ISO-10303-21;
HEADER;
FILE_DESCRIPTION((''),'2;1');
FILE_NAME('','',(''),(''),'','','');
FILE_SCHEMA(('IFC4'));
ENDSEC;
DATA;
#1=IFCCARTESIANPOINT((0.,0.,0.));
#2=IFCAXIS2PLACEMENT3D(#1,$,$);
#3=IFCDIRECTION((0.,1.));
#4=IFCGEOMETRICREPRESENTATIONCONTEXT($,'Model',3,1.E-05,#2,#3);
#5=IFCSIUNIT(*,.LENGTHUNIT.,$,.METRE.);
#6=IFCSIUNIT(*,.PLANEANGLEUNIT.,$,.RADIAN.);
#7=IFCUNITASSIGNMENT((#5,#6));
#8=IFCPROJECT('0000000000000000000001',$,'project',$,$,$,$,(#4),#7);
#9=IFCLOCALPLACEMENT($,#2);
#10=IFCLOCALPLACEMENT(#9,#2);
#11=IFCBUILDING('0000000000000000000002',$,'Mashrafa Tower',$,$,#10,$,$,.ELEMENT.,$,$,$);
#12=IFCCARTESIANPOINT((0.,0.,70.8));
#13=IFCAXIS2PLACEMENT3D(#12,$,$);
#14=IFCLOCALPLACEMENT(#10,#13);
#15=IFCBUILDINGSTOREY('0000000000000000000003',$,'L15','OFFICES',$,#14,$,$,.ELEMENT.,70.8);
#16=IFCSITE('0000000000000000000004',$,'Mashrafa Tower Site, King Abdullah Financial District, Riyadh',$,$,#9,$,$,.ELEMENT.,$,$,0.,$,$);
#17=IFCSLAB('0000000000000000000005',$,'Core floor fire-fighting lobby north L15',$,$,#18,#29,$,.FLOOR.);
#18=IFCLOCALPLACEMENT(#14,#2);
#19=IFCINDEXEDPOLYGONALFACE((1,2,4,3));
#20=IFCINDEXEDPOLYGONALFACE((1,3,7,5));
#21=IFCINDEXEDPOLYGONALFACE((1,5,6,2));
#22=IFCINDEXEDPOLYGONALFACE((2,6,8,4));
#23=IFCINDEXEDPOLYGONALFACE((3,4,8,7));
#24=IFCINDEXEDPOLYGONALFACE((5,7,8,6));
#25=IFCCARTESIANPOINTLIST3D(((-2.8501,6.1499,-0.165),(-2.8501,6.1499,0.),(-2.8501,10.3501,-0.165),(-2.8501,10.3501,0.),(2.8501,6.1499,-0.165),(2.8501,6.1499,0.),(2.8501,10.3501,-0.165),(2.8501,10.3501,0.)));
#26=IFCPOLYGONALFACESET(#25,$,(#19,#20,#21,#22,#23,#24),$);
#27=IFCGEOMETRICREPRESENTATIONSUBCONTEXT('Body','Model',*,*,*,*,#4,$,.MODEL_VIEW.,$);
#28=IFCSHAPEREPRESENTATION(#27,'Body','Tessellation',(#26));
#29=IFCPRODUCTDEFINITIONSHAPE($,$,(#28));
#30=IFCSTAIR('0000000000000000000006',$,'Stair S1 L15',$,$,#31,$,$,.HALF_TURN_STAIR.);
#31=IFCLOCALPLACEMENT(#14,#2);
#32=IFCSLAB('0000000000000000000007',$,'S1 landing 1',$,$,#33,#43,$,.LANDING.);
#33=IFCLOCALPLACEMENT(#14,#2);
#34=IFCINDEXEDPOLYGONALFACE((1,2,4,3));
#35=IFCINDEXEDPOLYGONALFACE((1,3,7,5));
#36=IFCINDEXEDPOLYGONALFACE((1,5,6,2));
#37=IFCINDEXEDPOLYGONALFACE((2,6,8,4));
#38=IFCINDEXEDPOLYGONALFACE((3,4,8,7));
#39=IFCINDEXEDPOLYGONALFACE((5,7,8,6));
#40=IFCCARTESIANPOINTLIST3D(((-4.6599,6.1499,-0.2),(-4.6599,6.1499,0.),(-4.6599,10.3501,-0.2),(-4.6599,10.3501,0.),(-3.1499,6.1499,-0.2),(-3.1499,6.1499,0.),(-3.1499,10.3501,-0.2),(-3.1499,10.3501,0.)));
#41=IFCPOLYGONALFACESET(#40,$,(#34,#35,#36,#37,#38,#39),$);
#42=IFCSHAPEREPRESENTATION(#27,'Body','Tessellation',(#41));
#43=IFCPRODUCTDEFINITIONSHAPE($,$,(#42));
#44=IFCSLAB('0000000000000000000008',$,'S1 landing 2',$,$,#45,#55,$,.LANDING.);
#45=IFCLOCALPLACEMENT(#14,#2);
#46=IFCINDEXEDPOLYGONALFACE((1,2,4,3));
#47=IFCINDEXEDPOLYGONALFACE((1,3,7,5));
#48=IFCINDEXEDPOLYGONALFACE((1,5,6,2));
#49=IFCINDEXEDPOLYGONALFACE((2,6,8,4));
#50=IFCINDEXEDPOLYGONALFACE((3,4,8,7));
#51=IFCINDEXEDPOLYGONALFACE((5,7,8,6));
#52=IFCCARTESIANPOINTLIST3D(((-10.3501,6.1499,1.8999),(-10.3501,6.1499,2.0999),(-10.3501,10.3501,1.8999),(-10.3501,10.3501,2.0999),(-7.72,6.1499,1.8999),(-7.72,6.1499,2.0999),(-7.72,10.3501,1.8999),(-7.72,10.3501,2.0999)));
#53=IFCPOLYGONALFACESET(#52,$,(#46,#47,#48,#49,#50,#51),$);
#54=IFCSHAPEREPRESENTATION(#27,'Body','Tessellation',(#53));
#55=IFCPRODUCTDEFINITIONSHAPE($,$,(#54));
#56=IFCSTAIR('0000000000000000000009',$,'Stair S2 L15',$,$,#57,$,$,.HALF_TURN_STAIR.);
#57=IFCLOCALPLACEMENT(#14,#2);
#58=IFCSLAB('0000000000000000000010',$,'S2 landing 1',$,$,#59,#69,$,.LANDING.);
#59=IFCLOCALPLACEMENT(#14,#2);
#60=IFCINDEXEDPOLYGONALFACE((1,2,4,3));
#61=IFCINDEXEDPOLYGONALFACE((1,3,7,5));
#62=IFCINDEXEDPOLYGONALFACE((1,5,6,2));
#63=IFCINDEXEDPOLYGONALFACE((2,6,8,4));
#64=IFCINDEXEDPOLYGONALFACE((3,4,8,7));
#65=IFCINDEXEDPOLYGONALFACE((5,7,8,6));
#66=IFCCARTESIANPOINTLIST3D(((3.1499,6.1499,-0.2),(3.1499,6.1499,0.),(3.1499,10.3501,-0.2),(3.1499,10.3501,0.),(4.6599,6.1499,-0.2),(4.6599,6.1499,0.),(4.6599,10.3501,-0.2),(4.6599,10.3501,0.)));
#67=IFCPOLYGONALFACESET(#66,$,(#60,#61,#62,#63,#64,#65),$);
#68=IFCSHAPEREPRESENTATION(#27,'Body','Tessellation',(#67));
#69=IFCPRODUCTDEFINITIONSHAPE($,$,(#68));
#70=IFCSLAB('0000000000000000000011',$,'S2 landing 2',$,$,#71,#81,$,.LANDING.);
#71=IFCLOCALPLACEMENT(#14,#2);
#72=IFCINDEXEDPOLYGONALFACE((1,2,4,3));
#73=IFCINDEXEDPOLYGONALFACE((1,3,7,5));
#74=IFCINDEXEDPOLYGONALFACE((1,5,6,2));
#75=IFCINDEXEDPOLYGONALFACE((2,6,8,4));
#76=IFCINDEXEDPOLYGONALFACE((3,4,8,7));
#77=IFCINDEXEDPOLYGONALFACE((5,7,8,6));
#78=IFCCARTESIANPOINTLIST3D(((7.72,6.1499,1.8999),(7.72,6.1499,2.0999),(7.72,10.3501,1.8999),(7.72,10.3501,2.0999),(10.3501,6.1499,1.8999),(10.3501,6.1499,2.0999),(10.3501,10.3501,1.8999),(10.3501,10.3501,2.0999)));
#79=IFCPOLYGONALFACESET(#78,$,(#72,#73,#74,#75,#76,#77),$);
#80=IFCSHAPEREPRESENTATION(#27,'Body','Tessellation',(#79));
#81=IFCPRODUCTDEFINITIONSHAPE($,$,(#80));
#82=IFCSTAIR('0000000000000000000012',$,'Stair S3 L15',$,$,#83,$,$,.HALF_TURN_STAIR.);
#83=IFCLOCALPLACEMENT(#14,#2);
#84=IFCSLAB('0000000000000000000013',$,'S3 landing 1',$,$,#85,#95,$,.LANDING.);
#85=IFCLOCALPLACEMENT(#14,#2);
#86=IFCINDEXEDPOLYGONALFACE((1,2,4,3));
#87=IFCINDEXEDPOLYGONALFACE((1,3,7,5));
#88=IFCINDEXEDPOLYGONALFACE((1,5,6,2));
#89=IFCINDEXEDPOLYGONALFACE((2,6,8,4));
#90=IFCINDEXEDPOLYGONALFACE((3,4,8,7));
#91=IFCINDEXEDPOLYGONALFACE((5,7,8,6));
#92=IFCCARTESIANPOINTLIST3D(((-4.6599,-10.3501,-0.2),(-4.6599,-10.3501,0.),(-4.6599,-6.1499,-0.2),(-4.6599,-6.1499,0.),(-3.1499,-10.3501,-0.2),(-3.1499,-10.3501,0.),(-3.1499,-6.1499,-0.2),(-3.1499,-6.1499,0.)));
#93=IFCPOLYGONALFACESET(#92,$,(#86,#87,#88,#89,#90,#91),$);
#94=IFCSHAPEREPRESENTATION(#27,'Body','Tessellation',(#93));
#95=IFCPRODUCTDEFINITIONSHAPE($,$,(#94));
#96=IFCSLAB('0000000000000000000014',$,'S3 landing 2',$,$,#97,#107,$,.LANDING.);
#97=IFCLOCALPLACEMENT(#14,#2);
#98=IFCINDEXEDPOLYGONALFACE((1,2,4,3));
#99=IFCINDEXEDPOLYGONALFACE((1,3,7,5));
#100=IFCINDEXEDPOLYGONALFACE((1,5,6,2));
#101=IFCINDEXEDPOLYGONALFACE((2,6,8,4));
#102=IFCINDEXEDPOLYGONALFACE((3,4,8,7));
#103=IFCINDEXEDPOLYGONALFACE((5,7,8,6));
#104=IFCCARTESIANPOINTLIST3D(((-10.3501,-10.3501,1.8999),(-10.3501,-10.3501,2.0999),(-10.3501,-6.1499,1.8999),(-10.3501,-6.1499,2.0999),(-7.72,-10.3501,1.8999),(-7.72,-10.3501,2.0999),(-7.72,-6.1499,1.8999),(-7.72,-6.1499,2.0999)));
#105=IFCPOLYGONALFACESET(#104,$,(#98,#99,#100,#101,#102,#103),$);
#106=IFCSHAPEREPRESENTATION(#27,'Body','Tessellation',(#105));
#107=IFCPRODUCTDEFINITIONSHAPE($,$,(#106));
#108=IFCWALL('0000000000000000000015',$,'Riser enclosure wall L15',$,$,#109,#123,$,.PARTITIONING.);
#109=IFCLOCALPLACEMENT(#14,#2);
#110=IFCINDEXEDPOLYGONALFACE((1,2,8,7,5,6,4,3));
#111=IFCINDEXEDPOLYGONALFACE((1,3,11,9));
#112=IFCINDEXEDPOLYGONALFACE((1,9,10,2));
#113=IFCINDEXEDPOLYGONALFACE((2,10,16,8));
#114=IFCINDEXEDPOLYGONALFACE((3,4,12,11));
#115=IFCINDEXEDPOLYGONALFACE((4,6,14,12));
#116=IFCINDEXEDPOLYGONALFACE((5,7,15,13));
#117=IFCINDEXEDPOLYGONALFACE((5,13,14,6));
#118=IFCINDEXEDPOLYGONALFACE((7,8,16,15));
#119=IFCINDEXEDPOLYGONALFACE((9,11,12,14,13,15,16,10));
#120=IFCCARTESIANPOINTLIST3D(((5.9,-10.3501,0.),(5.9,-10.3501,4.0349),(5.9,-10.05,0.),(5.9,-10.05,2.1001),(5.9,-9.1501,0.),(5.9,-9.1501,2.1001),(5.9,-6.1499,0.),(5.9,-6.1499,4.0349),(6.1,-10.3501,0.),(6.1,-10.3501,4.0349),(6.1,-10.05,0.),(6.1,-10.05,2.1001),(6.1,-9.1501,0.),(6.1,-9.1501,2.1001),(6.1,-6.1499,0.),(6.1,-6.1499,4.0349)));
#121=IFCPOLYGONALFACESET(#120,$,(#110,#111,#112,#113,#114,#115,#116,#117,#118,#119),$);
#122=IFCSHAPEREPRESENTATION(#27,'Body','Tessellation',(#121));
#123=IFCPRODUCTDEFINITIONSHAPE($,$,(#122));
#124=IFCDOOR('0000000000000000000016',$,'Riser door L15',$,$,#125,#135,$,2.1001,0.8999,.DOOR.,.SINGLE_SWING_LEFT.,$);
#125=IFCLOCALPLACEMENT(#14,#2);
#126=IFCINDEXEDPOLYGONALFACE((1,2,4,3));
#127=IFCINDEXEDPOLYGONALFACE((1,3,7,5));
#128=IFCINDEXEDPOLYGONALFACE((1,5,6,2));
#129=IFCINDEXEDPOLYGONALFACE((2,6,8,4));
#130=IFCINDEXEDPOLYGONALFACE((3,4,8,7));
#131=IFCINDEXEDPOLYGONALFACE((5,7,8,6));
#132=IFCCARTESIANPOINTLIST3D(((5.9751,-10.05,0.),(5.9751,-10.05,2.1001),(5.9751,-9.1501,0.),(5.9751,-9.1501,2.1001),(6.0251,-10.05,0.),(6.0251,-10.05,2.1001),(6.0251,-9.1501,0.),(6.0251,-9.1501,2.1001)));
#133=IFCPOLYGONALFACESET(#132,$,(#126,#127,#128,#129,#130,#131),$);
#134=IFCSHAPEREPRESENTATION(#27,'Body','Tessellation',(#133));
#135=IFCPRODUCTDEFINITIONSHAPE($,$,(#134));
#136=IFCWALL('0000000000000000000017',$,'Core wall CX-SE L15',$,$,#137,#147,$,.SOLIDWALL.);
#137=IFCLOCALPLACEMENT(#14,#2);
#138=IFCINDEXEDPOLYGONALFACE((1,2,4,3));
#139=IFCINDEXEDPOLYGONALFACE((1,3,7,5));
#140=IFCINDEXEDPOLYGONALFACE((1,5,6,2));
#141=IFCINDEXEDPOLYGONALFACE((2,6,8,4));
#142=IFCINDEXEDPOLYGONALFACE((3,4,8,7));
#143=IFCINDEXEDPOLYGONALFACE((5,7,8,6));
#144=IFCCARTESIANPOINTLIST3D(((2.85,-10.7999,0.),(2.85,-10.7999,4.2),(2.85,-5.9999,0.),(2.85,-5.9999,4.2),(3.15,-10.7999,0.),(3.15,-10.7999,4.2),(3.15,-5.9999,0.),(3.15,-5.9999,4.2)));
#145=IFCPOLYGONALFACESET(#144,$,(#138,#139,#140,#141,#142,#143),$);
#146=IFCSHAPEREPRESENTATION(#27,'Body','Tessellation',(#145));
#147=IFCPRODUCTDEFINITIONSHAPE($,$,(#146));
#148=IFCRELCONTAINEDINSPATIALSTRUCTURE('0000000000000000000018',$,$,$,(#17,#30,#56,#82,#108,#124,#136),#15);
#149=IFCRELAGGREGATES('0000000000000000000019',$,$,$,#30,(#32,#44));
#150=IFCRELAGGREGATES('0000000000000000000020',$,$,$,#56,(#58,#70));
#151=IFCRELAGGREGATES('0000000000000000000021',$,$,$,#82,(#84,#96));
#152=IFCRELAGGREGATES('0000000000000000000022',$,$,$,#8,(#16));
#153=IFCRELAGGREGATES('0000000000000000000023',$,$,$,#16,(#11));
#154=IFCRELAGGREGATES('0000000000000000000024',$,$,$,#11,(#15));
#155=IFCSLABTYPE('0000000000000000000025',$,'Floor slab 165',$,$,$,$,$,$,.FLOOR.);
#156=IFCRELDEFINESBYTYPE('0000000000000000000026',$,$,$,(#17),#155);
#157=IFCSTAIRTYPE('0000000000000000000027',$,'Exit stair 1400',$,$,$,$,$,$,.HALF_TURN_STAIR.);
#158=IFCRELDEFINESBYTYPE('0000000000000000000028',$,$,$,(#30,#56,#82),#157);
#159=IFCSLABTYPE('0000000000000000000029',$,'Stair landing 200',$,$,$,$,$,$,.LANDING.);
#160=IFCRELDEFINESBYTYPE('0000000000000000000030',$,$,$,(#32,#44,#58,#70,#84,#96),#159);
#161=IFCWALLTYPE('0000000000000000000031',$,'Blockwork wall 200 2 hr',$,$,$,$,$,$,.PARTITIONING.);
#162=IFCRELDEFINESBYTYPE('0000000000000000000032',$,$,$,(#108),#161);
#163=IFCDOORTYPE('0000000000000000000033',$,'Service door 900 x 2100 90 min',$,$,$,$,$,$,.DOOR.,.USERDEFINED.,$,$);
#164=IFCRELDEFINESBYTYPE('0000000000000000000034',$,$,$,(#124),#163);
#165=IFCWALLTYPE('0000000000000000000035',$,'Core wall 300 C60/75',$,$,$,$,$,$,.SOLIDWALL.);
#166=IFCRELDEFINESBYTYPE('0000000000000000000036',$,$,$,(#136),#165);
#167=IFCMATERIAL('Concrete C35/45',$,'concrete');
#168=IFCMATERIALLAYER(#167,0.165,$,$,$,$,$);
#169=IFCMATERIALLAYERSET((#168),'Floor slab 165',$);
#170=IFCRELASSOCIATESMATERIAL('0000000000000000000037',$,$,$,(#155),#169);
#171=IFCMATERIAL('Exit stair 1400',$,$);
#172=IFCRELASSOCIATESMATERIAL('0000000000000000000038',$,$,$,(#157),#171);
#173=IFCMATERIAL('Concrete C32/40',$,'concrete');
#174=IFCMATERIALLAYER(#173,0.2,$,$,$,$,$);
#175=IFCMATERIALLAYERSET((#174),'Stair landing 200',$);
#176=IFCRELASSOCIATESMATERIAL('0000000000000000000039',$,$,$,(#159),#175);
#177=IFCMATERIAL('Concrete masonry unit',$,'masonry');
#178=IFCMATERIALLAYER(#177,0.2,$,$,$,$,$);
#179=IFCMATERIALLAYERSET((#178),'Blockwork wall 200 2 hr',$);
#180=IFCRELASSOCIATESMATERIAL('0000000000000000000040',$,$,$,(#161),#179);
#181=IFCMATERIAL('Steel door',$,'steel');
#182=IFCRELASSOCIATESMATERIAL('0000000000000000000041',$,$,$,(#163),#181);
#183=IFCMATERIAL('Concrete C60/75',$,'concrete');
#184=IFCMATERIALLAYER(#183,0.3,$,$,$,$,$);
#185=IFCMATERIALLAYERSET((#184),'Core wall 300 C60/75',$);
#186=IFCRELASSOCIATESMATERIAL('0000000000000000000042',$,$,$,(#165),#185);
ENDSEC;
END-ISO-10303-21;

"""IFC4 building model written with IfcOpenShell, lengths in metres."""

from ifc_helpers import new_model, si_unit, direction, frame, frame_2d, origin, place, context, subcontext, project, spatial, polyline, rectangle, outline, extrude, material, layer, layer_set, type_object, element, fill, aggregate, save


model = new_model("IFC4")

# Units and contexts
model_context = context("Model", 3, precision=1e-05, world=origin(), true_north=direction((0.0, 1.0)))
body_context = subcontext(model_context, "Body", "Model", "MODEL_VIEW")
ifc_project = project(units=[si_unit("LENGTHUNIT", "METRE"), si_unit("PLANEANGLEUNIT", "RADIAN")], contexts=[model_context])

# Site, building, storey
site_placement = place(None, origin())
site = spatial("IfcSite", under=ifc_project, at=site_placement, Name="Mashrafa Tower Site, King Abdullah Financial District, Riyadh", CompositionType="ELEMENT", RefElevation=0.0)
building_placement = place(site_placement, origin())
building = spatial("IfcBuilding", under=site, at=building_placement, Name="Mashrafa Tower", CompositionType="ELEMENT")
storey_placement = place(building_placement, frame((0.0, 0.0, 70.8)))
storey = spatial("IfcBuildingStorey", under=building, at=storey_placement, Name="L15", Description="OFFICES", CompositionType="ELEMENT", Elevation=70.8)

# Slab
ifc_material_1 = material(Name="Concrete C35/45", Category="concrete")
ifc_layer_1 = layer(ifc_material_1, 0.165)
ifc_layer_set_1 = layer_set([ifc_layer_1], Name="Floor slab 165")
slab_type_1 = type_object("IfcSlabType", Name="Floor slab 165", PredefinedType="FLOOR", material=ifc_layer_set_1)
slab_1_placement = place(storey_placement, frame((0.0, 0.0, -0.165)))
element("IfcSlab", 1, at=slab_1_placement, inside=storey, type_object=slab_type_1, Name="Core floor fire-fighting lobby north L15", PredefinedType="FLOOR", context=body_context, shape_type="SweptSolid", body=[
    extrude(outline(polyline([(-2.8501, 10.3501), (2.8501, 10.3501), (2.8501, 6.1499), (-2.8501, 6.1499), (-2.8501, 10.3501)])), origin(), (0.0, 0.0, 1.0), 0.165),
])

# Stairs, slabs
ifc_material_2 = material(Name="Exit stair 1400")
stair_type = type_object("IfcStairType", Name="Exit stair 1400", PredefinedType="HALF_TURN_STAIR", material=ifc_material_2)
stair_1_placement = place(storey_placement, origin())
stair_1 = element("IfcStair", 2, at=stair_1_placement, inside=storey, type_object=stair_type, Name="Stair S1 L15", PredefinedType="HALF_TURN_STAIR")
ifc_material_3 = material(Name="Concrete C32/40", Category="concrete")
ifc_layer_2 = layer(ifc_material_3, 0.2)
ifc_layer_set_2 = layer_set([ifc_layer_2], Name="Stair landing 200")
slab_type_2 = type_object("IfcSlabType", Name="Stair landing 200", PredefinedType="LANDING", material=ifc_layer_set_2)
slab_2_placement = place(storey_placement, frame((0.0, 0.0, -0.2)))
slab_2 = element("IfcSlab", 3, at=slab_2_placement, type_object=slab_type_2, Name="S1 landing 1", PredefinedType="LANDING", context=body_context, shape_type="SweptSolid", body=[
    extrude(outline(polyline([(-4.6599, 6.1499), (-3.1499, 6.1499), (-3.1499, 10.3501), (-4.6599, 10.3501), (-4.6599, 6.1499)])), origin(), (0.0, 0.0, 1.0), 0.2),
])
slab_3_placement = place(storey_placement, frame((0.0, 0.0, 1.8999)))
slab_3 = element("IfcSlab", 4, at=slab_3_placement, type_object=slab_type_2, Name="S1 landing 2", PredefinedType="LANDING", context=body_context, shape_type="SweptSolid", body=[
    extrude(outline(polyline([(-10.3501, 6.1499), (-7.72, 6.1499), (-7.72, 10.3501), (-10.3501, 10.3501), (-10.3501, 6.1499)])), origin(), (0.0, 0.0, 1.0), 0.2),
])
aggregate(stair_1, [slab_2, slab_3])
stair_2_placement = place(storey_placement, origin())
stair_2 = element("IfcStair", 5, at=stair_2_placement, inside=storey, type_object=stair_type, Name="Stair S2 L15", PredefinedType="HALF_TURN_STAIR")
slab_4_placement = place(storey_placement, frame((0.0, 0.0, -0.2)))
slab_4 = element("IfcSlab", 6, at=slab_4_placement, type_object=slab_type_2, Name="S2 landing 1", PredefinedType="LANDING", context=body_context, shape_type="SweptSolid", body=[
    extrude(outline(polyline([(3.1499, 6.1499), (4.6599, 6.1499), (4.6599, 10.3501), (3.1499, 10.3501), (3.1499, 6.1499)])), origin(), (0.0, 0.0, 1.0), 0.2),
])
slab_5_placement = place(storey_placement, frame((0.0, 0.0, 1.8999)))
slab_5 = element("IfcSlab", 7, at=slab_5_placement, type_object=slab_type_2, Name="S2 landing 2", PredefinedType="LANDING", context=body_context, shape_type="SweptSolid", body=[
    extrude(outline(polyline([(7.72, 6.1499), (10.3501, 6.1499), (10.3501, 10.3501), (7.72, 10.3501), (7.72, 6.1499)])), origin(), (0.0, 0.0, 1.0), 0.2),
])
aggregate(stair_2, [slab_4, slab_5])
stair_3_placement = place(storey_placement, origin())
stair_3 = element("IfcStair", 8, at=stair_3_placement, inside=storey, type_object=stair_type, Name="Stair S3 L15", PredefinedType="HALF_TURN_STAIR")
slab_6_placement = place(storey_placement, frame((0.0, 0.0, -0.2)))
slab_6 = element("IfcSlab", 9, at=slab_6_placement, type_object=slab_type_2, Name="S3 landing 1", PredefinedType="LANDING", context=body_context, shape_type="SweptSolid", body=[
    extrude(outline(polyline([(-4.6599, -10.3501), (-3.1499, -10.3501), (-3.1499, -6.1499), (-4.6599, -6.1499), (-4.6599, -10.3501)])), origin(), (0.0, 0.0, 1.0), 0.2),
])
slab_7_placement = place(storey_placement, frame((0.0, 0.0, 1.8999)))
slab_7 = element("IfcSlab", 10, at=slab_7_placement, type_object=slab_type_2, Name="S3 landing 2", PredefinedType="LANDING", context=body_context, shape_type="SweptSolid", body=[
    extrude(outline(polyline([(-10.3501, -10.3501), (-7.72, -10.3501), (-7.72, -6.1499), (-10.3501, -6.1499), (-10.3501, -10.3501)])), origin(), (0.0, 0.0, 1.0), 0.2),
])
aggregate(stair_3, [slab_6, slab_7])

# Wall, opening, door
ifc_material_4 = material(Name="Concrete masonry unit", Category="masonry")
ifc_layer_3 = layer(ifc_material_4, 0.2)
ifc_layer_set_3 = layer_set([ifc_layer_3], Name="Blockwork wall 200 2 hr")
wall_type_1 = type_object("IfcWallType", Name="Blockwork wall 200 2 hr", PredefinedType="PARTITIONING", material=ifc_layer_set_3)
wall_1_placement = place(storey_placement, frame((6.0, -10.3501, 0.0), z_axis=(0.0, 0.0, 1.0), x_axis=(0.0, 1.0, 0.0)))
wall_1 = element("IfcWall", 11, at=wall_1_placement, inside=storey, type_object=wall_type_1, Name="Riser enclosure wall L15", PredefinedType="PARTITIONING", context=body_context, shape_type="SweptSolid", body=[
    extrude(rectangle(XDim=4.2002, YDim=0.2, at=frame_2d((2.1001, 0.0))), origin(), (0.0, 0.0, 1.0), 4.0349),
])
opening_1_placement = place(wall_1_placement, frame((0.3, 0.0, 0.0)))
opening_1 = element("IfcOpeningElement", 12, at=opening_1_placement, cuts=wall_1, PredefinedType="OPENING", context=body_context, shape_type="SweptSolid", body=[
    extrude(rectangle(XDim=0.8999, YDim=2.1001, at=frame_2d((0.45, 1.05))), frame((0.0, 0.1099, 0.0), z_axis=(0.0, -1.0, 0.0), x_axis=(1.0, 0.0, 0.0)), (0.0, 0.0, 1.0), 0.22),
])
ifc_material_5 = material(Name="Steel door", Category="steel")
door_type_1 = type_object("IfcDoorType", Name="Service door 900 x 2100 90 min", OperationType="USERDEFINED", PredefinedType="DOOR", material=ifc_material_5)
door_1_placement = place(opening_1_placement, origin())
door_1 = element("IfcDoor", 13, at=door_1_placement, inside=storey, type_object=door_type_1, Name="Riser door L15", OperationType="SINGLE_SWING_LEFT", OverallHeight=2.1001, OverallWidth=0.8999, PredefinedType="DOOR", context=body_context, shape_type="SweptSolid", body=[
    extrude(rectangle(XDim=0.8999, YDim=2.1001, at=frame_2d((0.45, 1.05))), frame((0.0, 0.0249, 0.0), z_axis=(0.0, -1.0, 0.0), x_axis=(1.0, 0.0, 0.0)), (0.0, 0.0, 1.0), 0.05),
])
fill(opening_1, door_1)

# Wall
ifc_material_6 = material(Name="Concrete C60/75", Category="concrete")
ifc_layer_4 = layer(ifc_material_6, 0.3)
ifc_layer_set_4 = layer_set([ifc_layer_4], Name="Core wall 300 C60/75")
wall_type_2 = type_object("IfcWallType", Name="Core wall 300 C60/75", PredefinedType="SOLIDWALL", material=ifc_layer_set_4)
wall_2_placement = place(storey_placement, frame((3.0, -6.0, 0.0), z_axis=(0.0, 0.0, 1.0), x_axis=(0.0, -1.0, 0.0)))
element("IfcWall", 14, at=wall_2_placement, inside=storey, type_object=wall_type_2, Name="Core wall CX-SE L15", PredefinedType="SOLIDWALL", context=body_context, shape_type="SweptSolid", body=[
    extrude(rectangle(XDim=4.8, YDim=0.3, at=frame_2d((2.3999, 0.0))), origin(), (0.0, 0.0, 1.0), 4.2),
])

save(model, "model.ifc")
